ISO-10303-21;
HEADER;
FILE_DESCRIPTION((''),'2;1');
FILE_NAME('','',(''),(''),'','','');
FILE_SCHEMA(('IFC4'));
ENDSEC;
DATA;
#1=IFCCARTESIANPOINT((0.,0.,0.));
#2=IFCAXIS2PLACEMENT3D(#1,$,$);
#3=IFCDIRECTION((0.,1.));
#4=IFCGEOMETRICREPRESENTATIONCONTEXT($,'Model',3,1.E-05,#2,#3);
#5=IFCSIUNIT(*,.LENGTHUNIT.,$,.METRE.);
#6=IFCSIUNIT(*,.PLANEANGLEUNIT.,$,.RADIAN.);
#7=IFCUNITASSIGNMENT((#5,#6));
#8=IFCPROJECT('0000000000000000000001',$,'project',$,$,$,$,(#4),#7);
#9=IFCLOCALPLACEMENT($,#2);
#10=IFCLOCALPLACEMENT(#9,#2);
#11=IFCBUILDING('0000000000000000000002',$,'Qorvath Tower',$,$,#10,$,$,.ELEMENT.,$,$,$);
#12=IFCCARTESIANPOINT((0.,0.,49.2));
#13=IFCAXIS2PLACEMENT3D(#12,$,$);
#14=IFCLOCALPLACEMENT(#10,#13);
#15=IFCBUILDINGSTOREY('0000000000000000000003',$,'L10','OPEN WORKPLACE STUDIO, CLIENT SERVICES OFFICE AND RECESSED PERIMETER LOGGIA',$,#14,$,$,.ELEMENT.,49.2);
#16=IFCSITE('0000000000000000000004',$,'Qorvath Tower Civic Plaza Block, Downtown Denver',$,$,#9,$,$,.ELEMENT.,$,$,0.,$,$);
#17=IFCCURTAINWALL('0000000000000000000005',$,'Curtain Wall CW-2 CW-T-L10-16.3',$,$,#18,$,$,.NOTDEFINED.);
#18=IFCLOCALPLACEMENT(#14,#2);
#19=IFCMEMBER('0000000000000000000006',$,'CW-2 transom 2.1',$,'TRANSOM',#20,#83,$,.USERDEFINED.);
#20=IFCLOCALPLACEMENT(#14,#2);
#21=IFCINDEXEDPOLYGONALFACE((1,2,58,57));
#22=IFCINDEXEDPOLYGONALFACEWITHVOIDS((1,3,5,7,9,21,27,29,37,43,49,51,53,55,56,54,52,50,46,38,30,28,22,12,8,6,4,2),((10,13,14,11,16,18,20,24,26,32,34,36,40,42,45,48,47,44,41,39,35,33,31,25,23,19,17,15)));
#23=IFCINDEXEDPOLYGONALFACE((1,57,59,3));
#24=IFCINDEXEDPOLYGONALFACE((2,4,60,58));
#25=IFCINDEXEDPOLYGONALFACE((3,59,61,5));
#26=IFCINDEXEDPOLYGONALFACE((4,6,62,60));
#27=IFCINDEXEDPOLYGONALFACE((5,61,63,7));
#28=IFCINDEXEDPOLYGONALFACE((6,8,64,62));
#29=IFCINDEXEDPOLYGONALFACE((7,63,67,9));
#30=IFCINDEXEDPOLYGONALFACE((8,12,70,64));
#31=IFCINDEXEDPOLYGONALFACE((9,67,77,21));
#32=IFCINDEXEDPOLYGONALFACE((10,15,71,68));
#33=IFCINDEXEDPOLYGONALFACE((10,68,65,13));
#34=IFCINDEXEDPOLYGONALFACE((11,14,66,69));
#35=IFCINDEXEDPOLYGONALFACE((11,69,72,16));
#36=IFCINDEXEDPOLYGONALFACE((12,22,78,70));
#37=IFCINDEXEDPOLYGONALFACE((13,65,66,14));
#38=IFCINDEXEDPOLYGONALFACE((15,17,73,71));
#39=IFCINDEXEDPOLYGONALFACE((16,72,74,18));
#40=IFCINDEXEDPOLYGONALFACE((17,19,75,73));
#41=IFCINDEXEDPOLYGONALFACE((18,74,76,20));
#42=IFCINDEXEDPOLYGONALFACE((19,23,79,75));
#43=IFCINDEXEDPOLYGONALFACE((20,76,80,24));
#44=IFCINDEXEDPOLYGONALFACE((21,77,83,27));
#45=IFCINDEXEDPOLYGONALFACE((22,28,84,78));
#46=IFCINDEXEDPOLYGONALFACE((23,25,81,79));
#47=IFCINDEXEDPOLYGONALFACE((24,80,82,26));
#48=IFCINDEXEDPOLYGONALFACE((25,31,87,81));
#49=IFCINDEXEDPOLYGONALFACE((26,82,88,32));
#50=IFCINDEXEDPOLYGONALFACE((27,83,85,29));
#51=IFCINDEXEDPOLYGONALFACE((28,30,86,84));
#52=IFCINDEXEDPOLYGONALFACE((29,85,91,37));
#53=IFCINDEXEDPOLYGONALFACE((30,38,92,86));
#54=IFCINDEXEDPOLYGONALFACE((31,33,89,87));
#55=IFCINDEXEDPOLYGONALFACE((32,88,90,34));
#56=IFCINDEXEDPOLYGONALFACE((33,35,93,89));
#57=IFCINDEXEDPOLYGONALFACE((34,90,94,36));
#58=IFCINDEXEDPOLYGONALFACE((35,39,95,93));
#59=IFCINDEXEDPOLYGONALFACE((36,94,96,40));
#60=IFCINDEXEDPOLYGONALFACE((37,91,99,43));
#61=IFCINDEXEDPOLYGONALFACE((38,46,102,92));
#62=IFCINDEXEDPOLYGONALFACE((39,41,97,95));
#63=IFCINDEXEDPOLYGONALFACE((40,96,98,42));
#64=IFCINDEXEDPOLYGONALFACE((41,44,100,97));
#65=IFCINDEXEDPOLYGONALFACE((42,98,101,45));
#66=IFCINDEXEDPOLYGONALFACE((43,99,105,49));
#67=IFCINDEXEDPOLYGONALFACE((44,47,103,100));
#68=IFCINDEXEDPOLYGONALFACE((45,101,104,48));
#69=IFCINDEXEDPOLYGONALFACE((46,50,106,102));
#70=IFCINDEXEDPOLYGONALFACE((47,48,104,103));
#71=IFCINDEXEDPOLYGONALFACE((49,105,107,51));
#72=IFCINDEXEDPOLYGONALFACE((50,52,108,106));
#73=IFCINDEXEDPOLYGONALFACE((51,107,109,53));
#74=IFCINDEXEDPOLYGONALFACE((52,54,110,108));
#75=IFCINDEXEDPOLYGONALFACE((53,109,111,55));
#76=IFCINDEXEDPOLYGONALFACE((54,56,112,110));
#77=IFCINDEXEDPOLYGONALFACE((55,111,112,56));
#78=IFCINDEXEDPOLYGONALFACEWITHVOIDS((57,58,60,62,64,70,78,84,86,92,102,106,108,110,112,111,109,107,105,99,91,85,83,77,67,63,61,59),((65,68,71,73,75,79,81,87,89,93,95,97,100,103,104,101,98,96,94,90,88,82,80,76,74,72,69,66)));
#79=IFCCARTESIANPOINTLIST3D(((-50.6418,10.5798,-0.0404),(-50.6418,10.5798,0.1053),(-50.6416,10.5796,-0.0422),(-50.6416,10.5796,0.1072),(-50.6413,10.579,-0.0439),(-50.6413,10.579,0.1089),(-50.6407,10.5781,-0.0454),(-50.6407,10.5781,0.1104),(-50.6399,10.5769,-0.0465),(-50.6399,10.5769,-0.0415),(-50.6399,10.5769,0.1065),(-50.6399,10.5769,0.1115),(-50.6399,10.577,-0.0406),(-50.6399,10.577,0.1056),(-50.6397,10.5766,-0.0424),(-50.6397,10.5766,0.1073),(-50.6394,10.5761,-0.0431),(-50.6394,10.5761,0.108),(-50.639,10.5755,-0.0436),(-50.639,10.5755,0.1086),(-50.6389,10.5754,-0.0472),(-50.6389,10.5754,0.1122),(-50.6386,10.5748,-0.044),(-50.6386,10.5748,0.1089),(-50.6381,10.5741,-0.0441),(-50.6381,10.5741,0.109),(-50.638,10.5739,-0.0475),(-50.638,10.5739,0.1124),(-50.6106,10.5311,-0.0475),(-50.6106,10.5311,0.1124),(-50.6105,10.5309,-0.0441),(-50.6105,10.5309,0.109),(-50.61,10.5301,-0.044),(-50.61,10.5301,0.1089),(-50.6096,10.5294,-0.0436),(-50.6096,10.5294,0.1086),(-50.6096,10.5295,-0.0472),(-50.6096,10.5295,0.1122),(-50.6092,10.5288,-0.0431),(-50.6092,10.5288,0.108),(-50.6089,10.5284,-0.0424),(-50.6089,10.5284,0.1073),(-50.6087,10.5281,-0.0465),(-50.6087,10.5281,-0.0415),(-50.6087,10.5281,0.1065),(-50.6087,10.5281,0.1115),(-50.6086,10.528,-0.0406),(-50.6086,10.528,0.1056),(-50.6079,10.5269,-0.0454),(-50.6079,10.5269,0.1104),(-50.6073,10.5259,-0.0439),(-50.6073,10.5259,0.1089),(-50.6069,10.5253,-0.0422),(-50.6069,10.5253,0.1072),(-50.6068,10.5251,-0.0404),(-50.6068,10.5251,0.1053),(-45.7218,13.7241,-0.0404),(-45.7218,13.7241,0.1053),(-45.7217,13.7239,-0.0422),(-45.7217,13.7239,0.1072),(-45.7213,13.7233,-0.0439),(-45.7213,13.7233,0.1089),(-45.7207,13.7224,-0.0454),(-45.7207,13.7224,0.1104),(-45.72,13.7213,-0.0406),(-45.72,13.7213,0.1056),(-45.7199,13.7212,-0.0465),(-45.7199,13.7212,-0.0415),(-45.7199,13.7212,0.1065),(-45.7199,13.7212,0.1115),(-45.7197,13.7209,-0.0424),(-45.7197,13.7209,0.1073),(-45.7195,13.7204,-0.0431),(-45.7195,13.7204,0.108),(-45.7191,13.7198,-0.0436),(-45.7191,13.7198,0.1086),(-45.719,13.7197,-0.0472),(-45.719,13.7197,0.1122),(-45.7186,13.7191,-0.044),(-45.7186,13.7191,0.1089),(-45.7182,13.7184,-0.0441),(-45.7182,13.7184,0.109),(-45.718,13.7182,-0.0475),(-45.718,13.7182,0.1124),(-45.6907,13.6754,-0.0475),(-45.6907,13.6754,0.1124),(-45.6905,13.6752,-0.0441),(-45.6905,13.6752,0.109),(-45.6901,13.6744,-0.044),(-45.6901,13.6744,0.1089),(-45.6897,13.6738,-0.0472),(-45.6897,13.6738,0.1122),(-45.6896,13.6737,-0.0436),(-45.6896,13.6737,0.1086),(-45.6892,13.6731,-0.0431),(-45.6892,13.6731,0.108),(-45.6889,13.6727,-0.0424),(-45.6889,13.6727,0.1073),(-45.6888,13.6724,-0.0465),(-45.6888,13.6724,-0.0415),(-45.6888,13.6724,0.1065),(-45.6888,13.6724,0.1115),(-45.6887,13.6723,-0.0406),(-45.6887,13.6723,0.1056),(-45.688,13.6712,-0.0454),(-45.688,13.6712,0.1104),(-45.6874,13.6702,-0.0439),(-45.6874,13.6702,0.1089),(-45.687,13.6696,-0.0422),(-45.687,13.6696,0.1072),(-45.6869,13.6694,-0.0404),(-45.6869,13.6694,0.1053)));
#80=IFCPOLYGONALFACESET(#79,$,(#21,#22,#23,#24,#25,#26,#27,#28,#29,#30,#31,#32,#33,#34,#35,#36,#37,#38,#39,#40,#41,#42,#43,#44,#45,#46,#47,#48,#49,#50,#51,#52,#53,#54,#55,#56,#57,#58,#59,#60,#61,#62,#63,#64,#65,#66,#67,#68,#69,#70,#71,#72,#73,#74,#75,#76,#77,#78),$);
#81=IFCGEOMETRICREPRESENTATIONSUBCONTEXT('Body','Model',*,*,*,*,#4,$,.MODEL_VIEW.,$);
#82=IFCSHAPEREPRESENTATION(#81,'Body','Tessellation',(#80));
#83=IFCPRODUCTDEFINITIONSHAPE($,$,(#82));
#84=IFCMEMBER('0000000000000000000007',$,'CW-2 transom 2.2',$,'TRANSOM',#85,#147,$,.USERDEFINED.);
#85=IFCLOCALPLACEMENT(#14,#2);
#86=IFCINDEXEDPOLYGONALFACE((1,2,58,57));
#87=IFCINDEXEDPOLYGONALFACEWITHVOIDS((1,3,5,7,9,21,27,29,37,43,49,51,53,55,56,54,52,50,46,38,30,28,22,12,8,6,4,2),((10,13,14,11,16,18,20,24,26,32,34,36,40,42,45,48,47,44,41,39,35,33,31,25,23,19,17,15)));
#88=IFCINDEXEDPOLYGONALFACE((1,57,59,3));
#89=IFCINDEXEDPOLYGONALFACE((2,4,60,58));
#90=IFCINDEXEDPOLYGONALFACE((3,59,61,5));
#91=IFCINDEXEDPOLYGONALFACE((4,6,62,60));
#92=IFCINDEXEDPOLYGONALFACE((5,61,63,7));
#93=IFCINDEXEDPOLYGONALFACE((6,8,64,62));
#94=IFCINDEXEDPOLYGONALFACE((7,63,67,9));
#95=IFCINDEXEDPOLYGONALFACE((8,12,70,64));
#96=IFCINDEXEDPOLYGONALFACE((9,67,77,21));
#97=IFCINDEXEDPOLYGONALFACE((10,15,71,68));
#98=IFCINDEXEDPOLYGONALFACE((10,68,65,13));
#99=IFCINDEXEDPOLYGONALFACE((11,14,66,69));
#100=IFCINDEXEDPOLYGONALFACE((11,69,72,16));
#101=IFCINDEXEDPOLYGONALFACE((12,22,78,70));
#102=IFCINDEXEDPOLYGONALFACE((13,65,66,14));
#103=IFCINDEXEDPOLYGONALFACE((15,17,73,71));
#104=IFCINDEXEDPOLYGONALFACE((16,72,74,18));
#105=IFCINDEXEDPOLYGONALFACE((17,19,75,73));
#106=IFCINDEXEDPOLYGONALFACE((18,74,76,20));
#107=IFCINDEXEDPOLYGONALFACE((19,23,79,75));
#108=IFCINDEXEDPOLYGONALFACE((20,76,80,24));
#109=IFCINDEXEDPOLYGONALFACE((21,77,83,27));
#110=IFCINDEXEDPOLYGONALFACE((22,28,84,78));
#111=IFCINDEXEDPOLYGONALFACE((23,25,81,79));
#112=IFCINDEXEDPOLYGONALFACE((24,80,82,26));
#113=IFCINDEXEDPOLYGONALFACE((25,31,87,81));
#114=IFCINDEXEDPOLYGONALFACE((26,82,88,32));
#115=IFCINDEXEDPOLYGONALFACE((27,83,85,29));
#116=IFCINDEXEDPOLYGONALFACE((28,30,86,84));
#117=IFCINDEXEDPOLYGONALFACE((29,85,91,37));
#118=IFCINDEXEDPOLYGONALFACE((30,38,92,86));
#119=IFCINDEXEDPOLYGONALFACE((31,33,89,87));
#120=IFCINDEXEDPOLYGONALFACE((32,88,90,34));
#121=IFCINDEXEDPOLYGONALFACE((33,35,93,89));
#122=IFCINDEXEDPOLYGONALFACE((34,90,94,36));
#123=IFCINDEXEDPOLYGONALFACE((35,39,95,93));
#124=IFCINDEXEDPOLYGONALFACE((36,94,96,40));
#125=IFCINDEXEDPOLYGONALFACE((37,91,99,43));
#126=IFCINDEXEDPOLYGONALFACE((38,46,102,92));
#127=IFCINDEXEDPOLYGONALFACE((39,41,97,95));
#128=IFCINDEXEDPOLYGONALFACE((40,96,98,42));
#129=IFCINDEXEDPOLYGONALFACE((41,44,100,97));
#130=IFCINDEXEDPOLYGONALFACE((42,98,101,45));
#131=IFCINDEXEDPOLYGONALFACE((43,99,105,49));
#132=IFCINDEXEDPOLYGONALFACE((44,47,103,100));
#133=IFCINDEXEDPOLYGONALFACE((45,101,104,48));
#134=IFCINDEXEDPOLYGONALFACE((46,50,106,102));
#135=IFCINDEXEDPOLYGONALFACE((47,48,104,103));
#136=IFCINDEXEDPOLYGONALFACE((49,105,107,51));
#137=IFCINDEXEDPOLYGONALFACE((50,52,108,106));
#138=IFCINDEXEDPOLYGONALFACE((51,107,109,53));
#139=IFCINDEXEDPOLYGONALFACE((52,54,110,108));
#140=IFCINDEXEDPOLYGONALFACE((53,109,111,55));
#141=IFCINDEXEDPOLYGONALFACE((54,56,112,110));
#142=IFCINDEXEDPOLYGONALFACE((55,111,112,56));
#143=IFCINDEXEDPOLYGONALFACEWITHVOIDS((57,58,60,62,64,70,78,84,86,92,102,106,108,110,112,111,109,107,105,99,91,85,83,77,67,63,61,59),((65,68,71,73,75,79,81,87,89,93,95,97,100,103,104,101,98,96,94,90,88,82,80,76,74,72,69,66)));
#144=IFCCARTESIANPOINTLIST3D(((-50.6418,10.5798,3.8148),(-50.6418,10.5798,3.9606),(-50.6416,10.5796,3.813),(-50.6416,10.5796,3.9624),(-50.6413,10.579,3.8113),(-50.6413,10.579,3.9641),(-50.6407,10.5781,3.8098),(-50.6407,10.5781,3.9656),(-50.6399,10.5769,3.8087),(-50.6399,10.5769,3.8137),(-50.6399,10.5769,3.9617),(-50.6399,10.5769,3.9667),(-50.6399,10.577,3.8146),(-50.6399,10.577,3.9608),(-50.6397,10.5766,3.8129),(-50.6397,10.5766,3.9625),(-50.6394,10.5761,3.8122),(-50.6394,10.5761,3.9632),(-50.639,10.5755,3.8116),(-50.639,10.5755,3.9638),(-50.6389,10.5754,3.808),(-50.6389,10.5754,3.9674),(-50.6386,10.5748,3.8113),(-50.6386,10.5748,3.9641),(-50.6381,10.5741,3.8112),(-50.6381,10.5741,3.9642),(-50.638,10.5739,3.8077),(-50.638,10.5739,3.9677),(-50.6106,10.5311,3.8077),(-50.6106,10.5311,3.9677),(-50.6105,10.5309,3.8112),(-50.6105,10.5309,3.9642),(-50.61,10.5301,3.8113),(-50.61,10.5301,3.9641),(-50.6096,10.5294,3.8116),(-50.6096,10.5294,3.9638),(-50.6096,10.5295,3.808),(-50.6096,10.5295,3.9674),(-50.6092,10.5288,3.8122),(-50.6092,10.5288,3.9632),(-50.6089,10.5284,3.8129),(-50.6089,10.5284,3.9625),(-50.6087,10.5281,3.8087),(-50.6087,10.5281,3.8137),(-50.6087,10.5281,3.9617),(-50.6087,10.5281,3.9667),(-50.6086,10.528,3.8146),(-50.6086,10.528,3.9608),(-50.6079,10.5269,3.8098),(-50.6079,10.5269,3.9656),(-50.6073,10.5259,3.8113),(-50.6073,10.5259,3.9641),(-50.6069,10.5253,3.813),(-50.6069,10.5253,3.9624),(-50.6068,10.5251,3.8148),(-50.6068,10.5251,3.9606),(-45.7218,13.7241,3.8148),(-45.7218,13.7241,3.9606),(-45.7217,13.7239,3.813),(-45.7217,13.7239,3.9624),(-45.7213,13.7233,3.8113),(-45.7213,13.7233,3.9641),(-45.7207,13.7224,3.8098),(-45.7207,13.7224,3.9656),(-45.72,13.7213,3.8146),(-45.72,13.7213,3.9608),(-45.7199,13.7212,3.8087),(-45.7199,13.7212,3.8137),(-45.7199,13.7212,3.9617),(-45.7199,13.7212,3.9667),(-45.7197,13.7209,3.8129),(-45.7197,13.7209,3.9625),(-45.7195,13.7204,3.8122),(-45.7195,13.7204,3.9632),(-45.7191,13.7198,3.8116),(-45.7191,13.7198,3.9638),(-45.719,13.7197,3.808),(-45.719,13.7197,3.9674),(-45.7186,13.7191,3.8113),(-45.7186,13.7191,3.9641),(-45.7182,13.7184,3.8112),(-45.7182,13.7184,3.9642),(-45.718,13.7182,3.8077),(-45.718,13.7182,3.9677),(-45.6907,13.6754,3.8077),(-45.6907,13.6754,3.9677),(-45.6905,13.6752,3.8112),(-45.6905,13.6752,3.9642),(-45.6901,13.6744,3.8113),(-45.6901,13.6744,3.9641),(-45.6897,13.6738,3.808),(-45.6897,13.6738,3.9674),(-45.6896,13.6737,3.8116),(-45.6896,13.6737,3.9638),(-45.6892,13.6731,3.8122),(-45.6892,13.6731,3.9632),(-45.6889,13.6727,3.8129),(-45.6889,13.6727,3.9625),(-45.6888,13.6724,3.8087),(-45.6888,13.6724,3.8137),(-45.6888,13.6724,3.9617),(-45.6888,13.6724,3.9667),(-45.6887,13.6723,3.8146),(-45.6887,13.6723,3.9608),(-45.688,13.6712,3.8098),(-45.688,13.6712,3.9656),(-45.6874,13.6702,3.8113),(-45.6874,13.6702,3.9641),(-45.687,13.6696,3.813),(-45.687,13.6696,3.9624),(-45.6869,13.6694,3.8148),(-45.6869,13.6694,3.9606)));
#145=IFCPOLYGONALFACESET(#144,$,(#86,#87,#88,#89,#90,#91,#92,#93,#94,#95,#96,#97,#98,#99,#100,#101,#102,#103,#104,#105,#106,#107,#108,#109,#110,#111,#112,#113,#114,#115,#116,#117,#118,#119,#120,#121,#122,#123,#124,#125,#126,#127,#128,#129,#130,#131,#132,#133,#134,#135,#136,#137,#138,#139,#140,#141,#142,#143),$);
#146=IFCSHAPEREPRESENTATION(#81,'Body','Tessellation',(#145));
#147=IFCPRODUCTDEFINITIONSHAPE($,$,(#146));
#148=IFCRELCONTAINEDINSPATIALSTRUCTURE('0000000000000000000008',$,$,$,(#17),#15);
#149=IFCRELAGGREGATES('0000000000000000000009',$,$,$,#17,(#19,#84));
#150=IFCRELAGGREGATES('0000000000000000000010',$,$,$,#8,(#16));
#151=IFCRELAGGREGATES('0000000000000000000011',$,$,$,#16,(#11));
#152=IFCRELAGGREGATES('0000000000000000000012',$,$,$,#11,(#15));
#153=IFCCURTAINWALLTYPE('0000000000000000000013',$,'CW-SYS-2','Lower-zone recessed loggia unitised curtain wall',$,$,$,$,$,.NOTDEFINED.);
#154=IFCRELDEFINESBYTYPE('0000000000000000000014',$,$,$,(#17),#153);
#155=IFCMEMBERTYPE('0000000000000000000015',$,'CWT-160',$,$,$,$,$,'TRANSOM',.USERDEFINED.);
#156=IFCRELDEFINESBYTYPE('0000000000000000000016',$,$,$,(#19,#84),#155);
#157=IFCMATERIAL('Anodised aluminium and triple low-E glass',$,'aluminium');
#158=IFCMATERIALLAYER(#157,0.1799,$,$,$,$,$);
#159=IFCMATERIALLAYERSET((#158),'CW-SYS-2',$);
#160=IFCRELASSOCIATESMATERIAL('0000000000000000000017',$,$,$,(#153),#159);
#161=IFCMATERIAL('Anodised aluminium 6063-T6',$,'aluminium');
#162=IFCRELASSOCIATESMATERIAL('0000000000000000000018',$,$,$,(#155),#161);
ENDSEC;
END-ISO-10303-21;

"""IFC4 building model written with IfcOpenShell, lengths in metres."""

from ifc_helpers import new_model, si_unit, direction, frame, origin, origin_2d, place, context, subcontext, project, spatial, hollow_rectangle, extrude, material, layer, layer_set, material_profile, profile_set, type_object, element, aggregate, save


model = new_model("IFC4")

# Units and contexts
model_context = context("Model", 3, precision=1e-05, world=origin(), true_north=direction((0.0, 1.0)))
body_context = subcontext(model_context, "Body", "Model", "MODEL_VIEW")
ifc_project = project(units=[si_unit("LENGTHUNIT", "METRE"), si_unit("PLANEANGLEUNIT", "RADIAN")], contexts=[model_context])

# Site, building, storey
site_placement = place(None, origin())
site = spatial("IfcSite", under=ifc_project, at=site_placement, Name="Qorvath Tower Civic Plaza Block, Downtown Denver", CompositionType="ELEMENT", RefElevation=0.0)
building_placement = place(site_placement, origin())
building = spatial("IfcBuilding", under=site, at=building_placement, Name="Qorvath Tower", CompositionType="ELEMENT")
storey_placement = place(building_placement, frame((0.0, 0.0, 49.2)))
storey = spatial("IfcBuildingStorey", under=building, at=storey_placement, Name="L10", Description="OPEN WORKPLACE STUDIO, CLIENT SERVICES OFFICE AND RECESSED PERIMETER LOGGIA", CompositionType="ELEMENT", Elevation=49.2)

# Curtain wall, members
ifc_material_1 = material(Name="Anodised aluminium and triple low-E glass", Category="aluminium")
ifc_layer_1 = layer(ifc_material_1, 0.1799)
ifc_layer_set_1 = layer_set([ifc_layer_1], Name="CW-SYS-2")
curtain_wall_type = type_object("IfcCurtainWallType", Name="CW-SYS-2", Description="Lower-zone recessed loggia unitised curtain wall", PredefinedType="NOTDEFINED", material=ifc_layer_set_1)
curtain_wall_placement = place(storey_placement, origin())
curtain_wall = element("IfcCurtainWall", 1, at=curtain_wall_placement, inside=storey, type_object=curtain_wall_type, Name="Curtain Wall CW-2 CW-T-L10-16.3", PredefinedType="NOTDEFINED")
ifc_material_2 = material(Name="Anodised aluminium 6063-T6", Category="aluminium")
ifc_material_profile_1 = material_profile(ifc_material_2, hollow_rectangle(XDim=0.0649, YDim=0.1599, WallThickness=0.0034, InnerFilletRadius=0.0034, OuterFilletRadius=0.0071, at=origin_2d()), Name="CWT 160x65")
ifc_profile_set_1 = profile_set([ifc_material_profile_1], Name="Anodised aluminium 6063-T6")
member_type_1 = type_object("IfcMemberType", Name="CWT-160", ElementType="TRANSOM", PredefinedType="USERDEFINED", material=ifc_profile_set_1)
member_1_placement = place(storey_placement, frame((-45.7043, 13.6968, 0.0325), z_axis=(-0.842618, -0.538511, 0.0), x_axis=(0.538511, -0.842618, 0.0)))
member_1 = element("IfcMember", 2, at=member_1_placement, type_object=member_type_1, Name="CW-2 transom 2.1", ObjectType="TRANSOM", PredefinedType="USERDEFINED", context=body_context, shape_type="SweptSolid", body=[
    extrude(hollow_rectangle(XDim=0.0649, YDim=0.1599, WallThickness=0.0034, InnerFilletRadius=0.0034, OuterFilletRadius=0.0071, at=origin_2d()), origin(), (0.0, 0.0, 1.0), 5.8389),
])
member_2_placement = place(storey_placement, frame((-45.7043, 13.6968, 3.8877), z_axis=(-0.842618, -0.538511, 0.0), x_axis=(0.538511, -0.842618, 0.0)))
member_2 = element("IfcMember", 3, at=member_2_placement, type_object=member_type_1, Name="CW-2 transom 2.2", ObjectType="TRANSOM", PredefinedType="USERDEFINED", context=body_context, shape_type="SweptSolid", body=[
    extrude(hollow_rectangle(XDim=0.0649, YDim=0.1599, WallThickness=0.0034, InnerFilletRadius=0.0034, OuterFilletRadius=0.0071, at=origin_2d()), origin(), (0.0, 0.0, 1.0), 5.8389),
])

aggregate(curtain_wall, [member_1, member_2])

save(model, "model.ifc")
